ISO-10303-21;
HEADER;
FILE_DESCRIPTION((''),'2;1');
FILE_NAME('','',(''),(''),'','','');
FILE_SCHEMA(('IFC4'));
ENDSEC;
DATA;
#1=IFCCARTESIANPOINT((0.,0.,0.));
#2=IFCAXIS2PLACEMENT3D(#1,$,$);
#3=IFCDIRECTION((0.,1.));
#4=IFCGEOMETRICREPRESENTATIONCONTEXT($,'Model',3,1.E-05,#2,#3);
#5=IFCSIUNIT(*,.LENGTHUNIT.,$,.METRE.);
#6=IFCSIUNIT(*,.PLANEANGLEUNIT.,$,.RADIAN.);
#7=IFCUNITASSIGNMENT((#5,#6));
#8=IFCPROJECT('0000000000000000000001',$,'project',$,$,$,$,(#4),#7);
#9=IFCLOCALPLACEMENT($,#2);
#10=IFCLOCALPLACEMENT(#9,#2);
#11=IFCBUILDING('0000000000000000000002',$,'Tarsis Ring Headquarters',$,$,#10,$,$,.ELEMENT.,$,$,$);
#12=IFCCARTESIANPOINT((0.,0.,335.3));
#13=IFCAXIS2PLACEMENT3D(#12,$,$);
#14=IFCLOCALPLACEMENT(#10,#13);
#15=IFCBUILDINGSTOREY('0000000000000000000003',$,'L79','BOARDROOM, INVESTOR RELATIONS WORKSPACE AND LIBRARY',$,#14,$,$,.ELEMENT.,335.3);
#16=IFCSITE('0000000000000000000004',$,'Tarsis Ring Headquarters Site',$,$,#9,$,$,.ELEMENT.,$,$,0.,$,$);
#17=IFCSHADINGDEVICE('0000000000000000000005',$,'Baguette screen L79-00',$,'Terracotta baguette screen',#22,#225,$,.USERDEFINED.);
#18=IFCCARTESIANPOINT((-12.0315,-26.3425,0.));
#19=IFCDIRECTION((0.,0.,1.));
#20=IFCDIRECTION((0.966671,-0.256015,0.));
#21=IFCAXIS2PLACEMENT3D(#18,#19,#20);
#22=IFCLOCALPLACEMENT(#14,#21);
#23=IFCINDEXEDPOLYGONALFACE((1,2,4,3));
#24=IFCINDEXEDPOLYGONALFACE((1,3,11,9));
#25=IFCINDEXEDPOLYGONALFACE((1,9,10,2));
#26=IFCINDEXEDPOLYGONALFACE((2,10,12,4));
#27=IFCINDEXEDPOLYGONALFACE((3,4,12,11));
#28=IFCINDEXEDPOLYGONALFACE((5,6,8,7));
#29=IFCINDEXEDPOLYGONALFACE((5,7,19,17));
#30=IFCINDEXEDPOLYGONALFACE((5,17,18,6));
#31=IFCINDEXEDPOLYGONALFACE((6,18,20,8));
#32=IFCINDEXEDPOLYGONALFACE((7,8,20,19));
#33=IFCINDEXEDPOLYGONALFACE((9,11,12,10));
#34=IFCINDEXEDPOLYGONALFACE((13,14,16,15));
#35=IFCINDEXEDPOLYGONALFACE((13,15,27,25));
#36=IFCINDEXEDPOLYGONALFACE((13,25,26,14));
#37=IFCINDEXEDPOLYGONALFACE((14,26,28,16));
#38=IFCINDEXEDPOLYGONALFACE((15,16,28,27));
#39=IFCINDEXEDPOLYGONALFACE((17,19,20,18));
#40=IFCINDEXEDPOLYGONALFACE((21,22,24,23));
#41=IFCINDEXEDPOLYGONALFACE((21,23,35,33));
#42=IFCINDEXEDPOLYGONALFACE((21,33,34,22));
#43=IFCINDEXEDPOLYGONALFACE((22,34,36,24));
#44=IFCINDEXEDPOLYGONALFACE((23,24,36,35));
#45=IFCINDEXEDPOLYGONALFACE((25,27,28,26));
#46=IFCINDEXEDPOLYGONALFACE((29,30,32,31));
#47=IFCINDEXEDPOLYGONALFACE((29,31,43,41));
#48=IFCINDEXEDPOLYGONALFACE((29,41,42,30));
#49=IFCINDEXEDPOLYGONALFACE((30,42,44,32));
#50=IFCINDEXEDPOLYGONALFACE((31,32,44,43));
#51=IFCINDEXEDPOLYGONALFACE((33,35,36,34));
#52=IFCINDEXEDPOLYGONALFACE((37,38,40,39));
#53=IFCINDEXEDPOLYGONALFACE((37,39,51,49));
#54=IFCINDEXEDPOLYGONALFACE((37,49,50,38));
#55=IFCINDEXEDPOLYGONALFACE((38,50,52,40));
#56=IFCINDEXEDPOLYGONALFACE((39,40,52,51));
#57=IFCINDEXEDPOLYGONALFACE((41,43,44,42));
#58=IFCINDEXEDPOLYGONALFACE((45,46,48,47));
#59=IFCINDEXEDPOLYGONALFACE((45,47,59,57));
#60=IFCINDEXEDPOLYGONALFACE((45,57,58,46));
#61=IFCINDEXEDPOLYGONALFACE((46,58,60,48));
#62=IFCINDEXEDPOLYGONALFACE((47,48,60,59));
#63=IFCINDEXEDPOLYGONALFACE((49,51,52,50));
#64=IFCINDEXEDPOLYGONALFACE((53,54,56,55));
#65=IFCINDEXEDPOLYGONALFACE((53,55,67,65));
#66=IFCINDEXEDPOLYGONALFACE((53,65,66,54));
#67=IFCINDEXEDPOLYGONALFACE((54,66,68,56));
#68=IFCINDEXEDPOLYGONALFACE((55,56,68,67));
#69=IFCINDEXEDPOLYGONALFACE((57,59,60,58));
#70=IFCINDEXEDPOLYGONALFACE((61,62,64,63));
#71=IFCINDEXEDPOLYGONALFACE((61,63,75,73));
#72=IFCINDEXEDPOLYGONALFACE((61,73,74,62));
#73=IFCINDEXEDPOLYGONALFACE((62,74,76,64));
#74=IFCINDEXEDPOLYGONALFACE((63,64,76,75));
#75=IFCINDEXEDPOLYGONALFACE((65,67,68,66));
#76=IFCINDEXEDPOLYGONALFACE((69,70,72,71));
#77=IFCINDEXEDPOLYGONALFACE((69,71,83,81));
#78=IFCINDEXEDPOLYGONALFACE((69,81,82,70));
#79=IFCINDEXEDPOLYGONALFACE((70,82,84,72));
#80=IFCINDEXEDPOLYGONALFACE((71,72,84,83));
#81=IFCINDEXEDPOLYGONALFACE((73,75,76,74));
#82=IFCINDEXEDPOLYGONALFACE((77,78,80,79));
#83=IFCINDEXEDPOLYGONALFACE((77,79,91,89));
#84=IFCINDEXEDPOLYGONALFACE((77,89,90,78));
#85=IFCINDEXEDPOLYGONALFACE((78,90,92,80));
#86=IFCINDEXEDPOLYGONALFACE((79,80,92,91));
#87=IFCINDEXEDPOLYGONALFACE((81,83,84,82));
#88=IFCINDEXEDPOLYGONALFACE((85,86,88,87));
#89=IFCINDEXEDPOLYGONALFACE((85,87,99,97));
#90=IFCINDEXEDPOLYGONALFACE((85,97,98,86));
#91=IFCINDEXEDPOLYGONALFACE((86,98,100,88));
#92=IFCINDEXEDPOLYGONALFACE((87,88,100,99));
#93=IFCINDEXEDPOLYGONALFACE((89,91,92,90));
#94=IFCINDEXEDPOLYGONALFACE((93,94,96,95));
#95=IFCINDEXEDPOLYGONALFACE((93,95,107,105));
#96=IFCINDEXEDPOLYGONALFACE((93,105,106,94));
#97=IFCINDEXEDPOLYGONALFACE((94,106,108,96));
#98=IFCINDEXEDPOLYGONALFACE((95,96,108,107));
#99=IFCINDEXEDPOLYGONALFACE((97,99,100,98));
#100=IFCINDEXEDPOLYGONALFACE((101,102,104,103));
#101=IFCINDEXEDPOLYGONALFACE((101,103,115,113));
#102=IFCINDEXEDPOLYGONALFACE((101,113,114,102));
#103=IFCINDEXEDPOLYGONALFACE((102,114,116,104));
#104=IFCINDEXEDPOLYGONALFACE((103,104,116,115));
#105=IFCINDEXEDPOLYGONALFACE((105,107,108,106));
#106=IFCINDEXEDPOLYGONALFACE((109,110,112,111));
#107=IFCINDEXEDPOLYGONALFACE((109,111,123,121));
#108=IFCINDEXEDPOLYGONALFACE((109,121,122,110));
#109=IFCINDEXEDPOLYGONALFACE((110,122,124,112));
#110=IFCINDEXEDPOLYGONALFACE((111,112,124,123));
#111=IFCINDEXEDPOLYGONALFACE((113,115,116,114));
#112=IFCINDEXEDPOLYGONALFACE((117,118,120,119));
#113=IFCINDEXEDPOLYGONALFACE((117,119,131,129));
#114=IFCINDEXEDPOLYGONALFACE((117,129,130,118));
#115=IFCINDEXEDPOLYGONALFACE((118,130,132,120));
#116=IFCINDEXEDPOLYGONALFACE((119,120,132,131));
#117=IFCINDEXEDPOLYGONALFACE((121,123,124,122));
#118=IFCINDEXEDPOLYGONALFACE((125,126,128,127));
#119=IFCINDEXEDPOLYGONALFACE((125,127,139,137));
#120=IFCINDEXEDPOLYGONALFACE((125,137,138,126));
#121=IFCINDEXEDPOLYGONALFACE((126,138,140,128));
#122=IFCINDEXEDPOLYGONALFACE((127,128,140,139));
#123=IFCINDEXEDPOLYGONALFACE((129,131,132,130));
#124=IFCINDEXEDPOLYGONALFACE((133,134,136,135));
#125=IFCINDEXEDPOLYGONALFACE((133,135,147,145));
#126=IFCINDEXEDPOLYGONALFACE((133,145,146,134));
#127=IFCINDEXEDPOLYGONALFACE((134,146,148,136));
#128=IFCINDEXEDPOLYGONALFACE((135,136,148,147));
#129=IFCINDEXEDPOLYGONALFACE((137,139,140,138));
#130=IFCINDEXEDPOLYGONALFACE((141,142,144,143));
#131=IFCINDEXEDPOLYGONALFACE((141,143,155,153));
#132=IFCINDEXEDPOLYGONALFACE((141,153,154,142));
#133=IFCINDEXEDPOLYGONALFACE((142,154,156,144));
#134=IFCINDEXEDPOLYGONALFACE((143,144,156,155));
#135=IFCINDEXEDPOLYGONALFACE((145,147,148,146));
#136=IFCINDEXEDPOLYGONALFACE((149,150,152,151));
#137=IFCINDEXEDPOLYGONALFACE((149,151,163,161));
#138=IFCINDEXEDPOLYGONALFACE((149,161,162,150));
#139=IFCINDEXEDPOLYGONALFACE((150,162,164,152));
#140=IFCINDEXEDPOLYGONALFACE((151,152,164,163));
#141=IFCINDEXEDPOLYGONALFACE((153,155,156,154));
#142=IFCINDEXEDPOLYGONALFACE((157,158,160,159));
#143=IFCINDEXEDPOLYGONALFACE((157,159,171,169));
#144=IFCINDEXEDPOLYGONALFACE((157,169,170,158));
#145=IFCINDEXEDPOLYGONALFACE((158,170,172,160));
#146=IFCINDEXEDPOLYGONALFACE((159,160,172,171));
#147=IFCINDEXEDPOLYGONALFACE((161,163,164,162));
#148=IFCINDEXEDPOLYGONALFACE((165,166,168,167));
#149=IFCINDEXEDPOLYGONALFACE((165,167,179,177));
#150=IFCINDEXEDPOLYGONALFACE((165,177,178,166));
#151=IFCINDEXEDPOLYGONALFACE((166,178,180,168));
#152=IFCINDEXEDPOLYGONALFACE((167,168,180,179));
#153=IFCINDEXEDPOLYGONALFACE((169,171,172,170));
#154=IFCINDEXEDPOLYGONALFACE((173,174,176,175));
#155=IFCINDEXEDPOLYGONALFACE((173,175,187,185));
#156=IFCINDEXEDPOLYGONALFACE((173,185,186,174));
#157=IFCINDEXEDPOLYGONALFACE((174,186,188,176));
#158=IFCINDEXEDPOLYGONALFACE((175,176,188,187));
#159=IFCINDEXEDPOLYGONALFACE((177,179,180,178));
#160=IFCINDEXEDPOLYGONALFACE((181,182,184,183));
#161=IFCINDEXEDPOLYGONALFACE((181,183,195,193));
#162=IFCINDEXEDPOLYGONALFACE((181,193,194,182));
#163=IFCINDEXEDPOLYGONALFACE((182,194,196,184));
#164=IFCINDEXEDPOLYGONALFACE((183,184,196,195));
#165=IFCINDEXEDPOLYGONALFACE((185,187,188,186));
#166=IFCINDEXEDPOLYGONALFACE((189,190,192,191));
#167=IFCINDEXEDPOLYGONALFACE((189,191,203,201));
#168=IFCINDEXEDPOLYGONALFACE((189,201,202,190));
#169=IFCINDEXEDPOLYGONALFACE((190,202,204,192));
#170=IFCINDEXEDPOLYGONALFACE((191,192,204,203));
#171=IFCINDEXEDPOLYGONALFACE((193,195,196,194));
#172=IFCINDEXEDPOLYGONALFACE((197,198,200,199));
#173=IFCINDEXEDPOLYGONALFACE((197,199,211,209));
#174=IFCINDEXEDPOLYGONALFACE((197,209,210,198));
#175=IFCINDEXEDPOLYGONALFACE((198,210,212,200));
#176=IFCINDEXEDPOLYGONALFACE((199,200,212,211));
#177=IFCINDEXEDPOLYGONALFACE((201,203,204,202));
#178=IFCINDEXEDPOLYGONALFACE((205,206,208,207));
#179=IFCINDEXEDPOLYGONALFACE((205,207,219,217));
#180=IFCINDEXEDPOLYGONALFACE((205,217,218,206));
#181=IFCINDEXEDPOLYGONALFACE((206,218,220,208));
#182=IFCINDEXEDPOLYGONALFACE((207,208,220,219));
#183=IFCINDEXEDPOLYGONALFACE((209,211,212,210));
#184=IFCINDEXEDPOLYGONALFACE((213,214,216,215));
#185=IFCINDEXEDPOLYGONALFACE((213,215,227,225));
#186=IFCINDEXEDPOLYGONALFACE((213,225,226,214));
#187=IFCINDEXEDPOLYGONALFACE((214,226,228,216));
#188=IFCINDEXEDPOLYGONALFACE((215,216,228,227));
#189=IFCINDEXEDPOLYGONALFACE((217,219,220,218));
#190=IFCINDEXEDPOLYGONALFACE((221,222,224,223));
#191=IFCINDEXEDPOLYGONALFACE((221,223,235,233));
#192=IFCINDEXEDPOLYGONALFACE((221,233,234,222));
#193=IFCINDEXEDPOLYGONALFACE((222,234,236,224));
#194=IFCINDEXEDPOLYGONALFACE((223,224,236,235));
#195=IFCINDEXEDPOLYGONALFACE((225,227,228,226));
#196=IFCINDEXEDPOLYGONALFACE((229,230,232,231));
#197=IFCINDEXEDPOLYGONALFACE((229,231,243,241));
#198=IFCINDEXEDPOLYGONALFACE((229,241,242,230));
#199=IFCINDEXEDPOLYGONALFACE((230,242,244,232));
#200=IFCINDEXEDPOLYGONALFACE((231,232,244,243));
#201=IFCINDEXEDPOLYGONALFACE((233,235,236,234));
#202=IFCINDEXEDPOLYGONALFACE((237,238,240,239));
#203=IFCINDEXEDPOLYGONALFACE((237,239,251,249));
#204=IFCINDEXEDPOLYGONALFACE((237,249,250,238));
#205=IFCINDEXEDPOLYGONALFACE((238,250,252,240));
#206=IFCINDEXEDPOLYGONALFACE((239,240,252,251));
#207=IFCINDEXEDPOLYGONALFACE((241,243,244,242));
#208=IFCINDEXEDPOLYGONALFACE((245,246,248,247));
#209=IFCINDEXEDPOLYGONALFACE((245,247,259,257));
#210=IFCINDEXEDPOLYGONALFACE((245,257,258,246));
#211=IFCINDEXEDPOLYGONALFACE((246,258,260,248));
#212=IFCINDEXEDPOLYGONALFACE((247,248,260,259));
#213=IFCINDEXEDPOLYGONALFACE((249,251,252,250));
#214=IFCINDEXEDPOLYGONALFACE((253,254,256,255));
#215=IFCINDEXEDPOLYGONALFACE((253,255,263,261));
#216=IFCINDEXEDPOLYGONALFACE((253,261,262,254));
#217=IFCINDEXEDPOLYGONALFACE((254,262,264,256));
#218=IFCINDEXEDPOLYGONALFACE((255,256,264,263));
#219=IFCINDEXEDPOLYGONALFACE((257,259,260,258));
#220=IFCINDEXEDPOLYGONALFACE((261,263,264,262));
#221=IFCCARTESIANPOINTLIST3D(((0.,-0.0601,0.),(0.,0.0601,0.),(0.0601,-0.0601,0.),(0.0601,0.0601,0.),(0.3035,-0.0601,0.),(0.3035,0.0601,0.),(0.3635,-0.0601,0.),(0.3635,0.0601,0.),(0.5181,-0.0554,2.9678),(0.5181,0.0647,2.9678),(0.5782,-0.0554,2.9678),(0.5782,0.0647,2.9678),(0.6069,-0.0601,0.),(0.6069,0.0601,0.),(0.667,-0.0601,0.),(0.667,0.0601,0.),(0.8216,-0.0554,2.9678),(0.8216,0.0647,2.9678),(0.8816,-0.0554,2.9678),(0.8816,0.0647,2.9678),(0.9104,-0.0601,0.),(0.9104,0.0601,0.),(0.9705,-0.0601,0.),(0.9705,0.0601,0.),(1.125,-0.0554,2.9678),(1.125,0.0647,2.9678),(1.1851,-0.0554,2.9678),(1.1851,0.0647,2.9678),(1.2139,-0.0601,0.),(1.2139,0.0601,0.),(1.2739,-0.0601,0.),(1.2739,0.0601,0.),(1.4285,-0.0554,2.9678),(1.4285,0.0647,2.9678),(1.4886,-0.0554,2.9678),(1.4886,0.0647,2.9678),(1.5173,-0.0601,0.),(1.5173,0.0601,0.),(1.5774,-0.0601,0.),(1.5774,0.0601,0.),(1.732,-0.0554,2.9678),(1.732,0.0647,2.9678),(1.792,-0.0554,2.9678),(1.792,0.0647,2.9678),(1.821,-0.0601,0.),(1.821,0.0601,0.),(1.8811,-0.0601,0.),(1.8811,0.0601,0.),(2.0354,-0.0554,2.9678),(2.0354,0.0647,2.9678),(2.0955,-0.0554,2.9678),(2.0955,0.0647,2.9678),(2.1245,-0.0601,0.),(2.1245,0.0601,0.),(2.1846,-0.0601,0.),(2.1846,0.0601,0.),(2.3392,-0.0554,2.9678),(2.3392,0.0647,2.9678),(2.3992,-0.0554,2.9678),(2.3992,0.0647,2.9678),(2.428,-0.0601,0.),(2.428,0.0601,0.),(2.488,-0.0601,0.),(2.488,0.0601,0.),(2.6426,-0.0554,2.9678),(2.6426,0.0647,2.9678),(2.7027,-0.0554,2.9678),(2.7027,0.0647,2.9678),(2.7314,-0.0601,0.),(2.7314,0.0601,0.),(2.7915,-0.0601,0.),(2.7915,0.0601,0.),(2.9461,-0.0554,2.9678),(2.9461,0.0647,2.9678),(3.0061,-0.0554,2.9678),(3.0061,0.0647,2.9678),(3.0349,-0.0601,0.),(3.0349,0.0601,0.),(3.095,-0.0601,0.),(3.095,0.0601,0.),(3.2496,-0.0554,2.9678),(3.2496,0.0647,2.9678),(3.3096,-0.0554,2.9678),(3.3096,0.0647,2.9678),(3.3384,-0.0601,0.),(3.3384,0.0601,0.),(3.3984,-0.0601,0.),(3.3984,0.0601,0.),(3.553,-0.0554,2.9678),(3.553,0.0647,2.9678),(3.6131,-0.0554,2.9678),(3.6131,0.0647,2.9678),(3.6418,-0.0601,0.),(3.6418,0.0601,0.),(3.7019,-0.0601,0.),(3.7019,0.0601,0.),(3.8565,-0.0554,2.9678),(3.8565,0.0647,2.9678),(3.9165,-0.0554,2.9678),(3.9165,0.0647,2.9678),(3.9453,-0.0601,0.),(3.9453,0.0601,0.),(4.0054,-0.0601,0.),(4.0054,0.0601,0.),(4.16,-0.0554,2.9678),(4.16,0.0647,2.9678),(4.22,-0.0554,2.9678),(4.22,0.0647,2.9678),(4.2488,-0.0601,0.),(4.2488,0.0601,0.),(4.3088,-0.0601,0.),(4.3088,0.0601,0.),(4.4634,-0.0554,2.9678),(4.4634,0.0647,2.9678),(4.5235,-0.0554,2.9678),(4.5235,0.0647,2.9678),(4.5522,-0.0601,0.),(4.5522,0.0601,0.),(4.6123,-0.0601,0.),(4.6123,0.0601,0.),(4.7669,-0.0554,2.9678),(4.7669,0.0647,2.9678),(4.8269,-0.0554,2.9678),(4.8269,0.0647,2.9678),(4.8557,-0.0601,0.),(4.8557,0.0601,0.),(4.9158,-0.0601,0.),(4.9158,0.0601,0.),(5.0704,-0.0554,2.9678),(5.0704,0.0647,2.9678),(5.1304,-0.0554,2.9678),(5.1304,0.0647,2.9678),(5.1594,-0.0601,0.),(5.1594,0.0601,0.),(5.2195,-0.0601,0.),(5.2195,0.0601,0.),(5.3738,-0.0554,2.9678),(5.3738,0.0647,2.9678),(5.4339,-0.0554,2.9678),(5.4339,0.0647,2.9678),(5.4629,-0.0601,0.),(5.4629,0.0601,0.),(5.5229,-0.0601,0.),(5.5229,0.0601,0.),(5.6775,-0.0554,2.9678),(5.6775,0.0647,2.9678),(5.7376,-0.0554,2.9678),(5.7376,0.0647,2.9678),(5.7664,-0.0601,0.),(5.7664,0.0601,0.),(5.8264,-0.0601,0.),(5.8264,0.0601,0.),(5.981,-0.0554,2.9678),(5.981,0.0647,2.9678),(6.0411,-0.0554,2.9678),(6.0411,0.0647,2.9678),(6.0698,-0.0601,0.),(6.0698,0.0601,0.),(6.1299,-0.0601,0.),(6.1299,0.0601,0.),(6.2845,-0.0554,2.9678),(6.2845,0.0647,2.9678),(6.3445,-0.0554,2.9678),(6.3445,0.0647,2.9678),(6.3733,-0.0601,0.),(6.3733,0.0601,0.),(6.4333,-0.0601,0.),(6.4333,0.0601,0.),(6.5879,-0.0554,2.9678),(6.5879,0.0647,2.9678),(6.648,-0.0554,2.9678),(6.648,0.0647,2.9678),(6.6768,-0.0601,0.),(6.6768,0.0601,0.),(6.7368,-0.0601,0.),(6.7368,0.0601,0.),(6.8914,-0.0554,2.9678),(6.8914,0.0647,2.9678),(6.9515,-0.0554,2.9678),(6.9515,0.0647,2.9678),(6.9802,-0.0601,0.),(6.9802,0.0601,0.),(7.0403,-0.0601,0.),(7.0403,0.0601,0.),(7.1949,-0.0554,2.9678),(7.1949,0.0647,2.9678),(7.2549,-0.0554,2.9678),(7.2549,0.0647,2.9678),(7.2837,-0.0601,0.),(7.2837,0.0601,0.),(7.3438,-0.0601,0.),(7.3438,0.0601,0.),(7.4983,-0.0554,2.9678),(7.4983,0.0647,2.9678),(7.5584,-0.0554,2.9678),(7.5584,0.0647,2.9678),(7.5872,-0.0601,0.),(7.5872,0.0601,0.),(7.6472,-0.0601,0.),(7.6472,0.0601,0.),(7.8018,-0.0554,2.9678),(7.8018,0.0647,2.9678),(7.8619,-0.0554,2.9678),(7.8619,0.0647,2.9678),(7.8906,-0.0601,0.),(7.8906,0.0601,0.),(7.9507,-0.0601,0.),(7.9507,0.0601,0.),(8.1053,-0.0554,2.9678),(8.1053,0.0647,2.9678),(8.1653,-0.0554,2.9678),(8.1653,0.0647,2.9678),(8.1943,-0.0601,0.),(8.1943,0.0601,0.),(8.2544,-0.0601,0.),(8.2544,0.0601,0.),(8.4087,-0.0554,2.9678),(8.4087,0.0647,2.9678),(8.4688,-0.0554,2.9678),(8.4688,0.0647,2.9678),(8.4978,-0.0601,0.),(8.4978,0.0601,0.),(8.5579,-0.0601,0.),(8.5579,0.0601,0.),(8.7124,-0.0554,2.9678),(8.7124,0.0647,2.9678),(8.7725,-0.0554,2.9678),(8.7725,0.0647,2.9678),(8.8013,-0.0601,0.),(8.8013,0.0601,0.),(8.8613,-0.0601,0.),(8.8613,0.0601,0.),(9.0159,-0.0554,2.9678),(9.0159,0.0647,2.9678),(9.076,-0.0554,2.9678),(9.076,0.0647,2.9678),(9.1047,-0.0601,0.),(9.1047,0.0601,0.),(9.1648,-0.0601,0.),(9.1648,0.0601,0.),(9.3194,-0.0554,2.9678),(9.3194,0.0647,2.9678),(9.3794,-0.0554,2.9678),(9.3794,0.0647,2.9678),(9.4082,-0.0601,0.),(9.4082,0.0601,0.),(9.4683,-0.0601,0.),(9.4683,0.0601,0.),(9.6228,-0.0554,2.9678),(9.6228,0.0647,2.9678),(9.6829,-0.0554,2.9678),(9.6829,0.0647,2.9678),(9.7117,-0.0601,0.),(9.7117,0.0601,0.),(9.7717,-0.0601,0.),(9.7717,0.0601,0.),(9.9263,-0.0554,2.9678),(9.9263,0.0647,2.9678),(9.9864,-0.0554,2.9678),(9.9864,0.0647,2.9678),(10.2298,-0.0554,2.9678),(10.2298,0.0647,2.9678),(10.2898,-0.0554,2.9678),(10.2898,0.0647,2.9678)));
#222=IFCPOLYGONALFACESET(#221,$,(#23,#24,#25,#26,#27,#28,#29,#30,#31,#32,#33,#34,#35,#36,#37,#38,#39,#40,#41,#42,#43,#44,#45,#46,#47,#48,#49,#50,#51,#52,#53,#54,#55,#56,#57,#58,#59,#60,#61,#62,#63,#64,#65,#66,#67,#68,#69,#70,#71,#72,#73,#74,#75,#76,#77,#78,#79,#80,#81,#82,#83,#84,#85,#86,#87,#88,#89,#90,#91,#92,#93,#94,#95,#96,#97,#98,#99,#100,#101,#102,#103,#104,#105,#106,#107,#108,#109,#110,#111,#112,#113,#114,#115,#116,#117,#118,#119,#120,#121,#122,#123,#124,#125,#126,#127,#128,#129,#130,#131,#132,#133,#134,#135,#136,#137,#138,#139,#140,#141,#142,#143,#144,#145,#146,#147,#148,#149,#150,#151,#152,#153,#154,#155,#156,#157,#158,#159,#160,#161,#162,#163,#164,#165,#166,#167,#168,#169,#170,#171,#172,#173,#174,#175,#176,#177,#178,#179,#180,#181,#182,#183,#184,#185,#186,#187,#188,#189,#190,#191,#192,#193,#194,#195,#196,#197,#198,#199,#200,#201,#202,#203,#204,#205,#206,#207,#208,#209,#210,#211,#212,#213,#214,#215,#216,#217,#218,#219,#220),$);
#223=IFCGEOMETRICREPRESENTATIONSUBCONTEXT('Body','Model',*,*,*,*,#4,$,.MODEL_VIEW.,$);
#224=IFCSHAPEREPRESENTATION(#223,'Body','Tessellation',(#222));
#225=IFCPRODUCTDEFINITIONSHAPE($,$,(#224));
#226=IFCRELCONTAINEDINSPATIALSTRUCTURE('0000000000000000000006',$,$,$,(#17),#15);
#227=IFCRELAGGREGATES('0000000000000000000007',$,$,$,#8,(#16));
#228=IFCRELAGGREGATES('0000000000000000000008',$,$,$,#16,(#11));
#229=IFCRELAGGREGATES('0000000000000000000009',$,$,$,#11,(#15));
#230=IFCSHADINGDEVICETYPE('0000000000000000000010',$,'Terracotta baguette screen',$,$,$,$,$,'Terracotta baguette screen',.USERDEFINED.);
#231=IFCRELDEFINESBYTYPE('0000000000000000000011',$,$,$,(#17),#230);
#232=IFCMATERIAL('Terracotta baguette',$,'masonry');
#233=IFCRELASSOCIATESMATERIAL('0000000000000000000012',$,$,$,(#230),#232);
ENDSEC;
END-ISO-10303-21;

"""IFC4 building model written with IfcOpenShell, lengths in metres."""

from ifc_helpers import new_model, si_unit, direction, frame, frame_2d, origin, place, context, subcontext, project, spatial, rectangle, composite_profile, extrude, material, type_object, element, save


model = new_model("IFC4")

# Units and contexts
model_context = context("Model", 3, precision=1e-05, world=origin(), true_north=direction((0.0, 1.0)))
body_context = subcontext(model_context, "Body", "Model", "MODEL_VIEW")
ifc_project = project(units=[si_unit("LENGTHUNIT", "METRE"), si_unit("PLANEANGLEUNIT", "RADIAN")], contexts=[model_context])

# Site, building, storey
site_placement = place(None, origin())
site = spatial("IfcSite", under=ifc_project, at=site_placement, Name="Tarsis Ring Headquarters Site", CompositionType="ELEMENT", RefElevation=0.0)
building_placement = place(site_placement, origin())
building = spatial("IfcBuilding", under=site, at=building_placement, Name="Tarsis Ring Headquarters", CompositionType="ELEMENT")
storey_placement = place(building_placement, frame((0.0, 0.0, 335.3)))
storey = spatial("IfcBuildingStorey", under=building, at=storey_placement, Name="L79", Description="BOARDROOM, INVESTOR RELATIONS WORKSPACE AND LIBRARY", CompositionType="ELEMENT", Elevation=335.3)

# Shading device
ifc_material_1 = material(Name="Terracotta baguette", Category="masonry")
shading_device_type = type_object("IfcShadingDeviceType", Name="Terracotta baguette screen", ElementType="Terracotta baguette screen", PredefinedType="USERDEFINED", material=ifc_material_1)
shading_device_1_placement = place(storey_placement, frame((-12.0315, -26.3425, 0.0), z_axis=(0.0, 0.0, 1.0), x_axis=(0.966671, -0.256015, 0.0)))
element("IfcShadingDevice", 1, at=shading_device_1_placement, inside=storey, type_object=shading_device_type, Name="Baguette screen L79-00", ObjectType="Terracotta baguette screen", PredefinedType="USERDEFINED", context=body_context, shape_type="SweptSolid", body=[
    extrude(composite_profile([rectangle(XDim=0.0601, YDim=0.1201, at=frame_2d((0.03, 0.0))), rectangle(XDim=0.0601, YDim=0.1201, at=frame_2d((0.3335, 0.0))), rectangle(XDim=0.0601, YDim=0.1201, at=frame_2d((0.637, 0.0))), rectangle(XDim=0.0601, YDim=0.1201, at=frame_2d((0.9404, 0.0))), rectangle(XDim=0.0601, YDim=0.1201, at=frame_2d((1.2439, 0.0))), rectangle(XDim=0.0601, YDim=0.1201, at=frame_2d((1.5474, 0.0))), rectangle(XDim=0.0601, YDim=0.1201, at=frame_2d((1.8511, 0.0))), rectangle(XDim=0.0601, YDim=0.1201, at=frame_2d((2.1545, 0.0))), rectangle(XDim=0.0601, YDim=0.1201, at=frame_2d((2.458, 0.0))), rectangle(XDim=0.0601, YDim=0.1201, at=frame_2d((2.7615, 0.0))), rectangle(XDim=0.0601, YDim=0.1201, at=frame_2d((3.0649, 0.0))), rectangle(XDim=0.0601, YDim=0.1201, at=frame_2d((3.3684, 0.0))), rectangle(XDim=0.0601, YDim=0.1201, at=frame_2d((3.6719, 0.0))), rectangle(XDim=0.0601, YDim=0.1201, at=frame_2d((3.9753, 0.0))), rectangle(XDim=0.0601, YDim=0.1201, at=frame_2d((4.2788, 0.0))), rectangle(XDim=0.0601, YDim=0.1201, at=frame_2d((4.5823, 0.0))), rectangle(XDim=0.0601, YDim=0.1201, at=frame_2d((4.8857, 0.0))), rectangle(XDim=0.0601, YDim=0.1201, at=frame_2d((5.1895, 0.0))), rectangle(XDim=0.0601, YDim=0.1201, at=frame_2d((5.4929, 0.0))), rectangle(XDim=0.0601, YDim=0.1201, at=frame_2d((5.7964, 0.0))), rectangle(XDim=0.0601, YDim=0.1201, at=frame_2d((6.0999, 0.0))), rectangle(XDim=0.0601, YDim=0.1201, at=frame_2d((6.4033, 0.0))), rectangle(XDim=0.0601, YDim=0.1201, at=frame_2d((6.7068, 0.0))), rectangle(XDim=0.0601, YDim=0.1201, at=frame_2d((7.0103, 0.0))), rectangle(XDim=0.0601, YDim=0.1201, at=frame_2d((7.3137, 0.0))), rectangle(XDim=0.0601, YDim=0.1201, at=frame_2d((7.6172, 0.0))), rectangle(XDim=0.0601, YDim=0.1201, at=frame_2d((7.9207, 0.0))), rectangle(XDim=0.0601, YDim=0.1201, at=frame_2d((8.2244, 0.0))), rectangle(XDim=0.0601, YDim=0.1201, at=frame_2d((8.5278, 0.0))), rectangle(XDim=0.0601, YDim=0.1201, at=frame_2d((8.8313, 0.0))), rectangle(XDim=0.0601, YDim=0.1201, at=frame_2d((9.1348, 0.0))), rectangle(XDim=0.0601, YDim=0.1201, at=frame_2d((9.4382, 0.0))), rectangle(XDim=0.0601, YDim=0.1201, at=frame_2d((9.7417, 0.0)))]), origin(), (0.171974, 0.001557, 0.9851), 3.0127),
])

save(model, "model.ifc")
